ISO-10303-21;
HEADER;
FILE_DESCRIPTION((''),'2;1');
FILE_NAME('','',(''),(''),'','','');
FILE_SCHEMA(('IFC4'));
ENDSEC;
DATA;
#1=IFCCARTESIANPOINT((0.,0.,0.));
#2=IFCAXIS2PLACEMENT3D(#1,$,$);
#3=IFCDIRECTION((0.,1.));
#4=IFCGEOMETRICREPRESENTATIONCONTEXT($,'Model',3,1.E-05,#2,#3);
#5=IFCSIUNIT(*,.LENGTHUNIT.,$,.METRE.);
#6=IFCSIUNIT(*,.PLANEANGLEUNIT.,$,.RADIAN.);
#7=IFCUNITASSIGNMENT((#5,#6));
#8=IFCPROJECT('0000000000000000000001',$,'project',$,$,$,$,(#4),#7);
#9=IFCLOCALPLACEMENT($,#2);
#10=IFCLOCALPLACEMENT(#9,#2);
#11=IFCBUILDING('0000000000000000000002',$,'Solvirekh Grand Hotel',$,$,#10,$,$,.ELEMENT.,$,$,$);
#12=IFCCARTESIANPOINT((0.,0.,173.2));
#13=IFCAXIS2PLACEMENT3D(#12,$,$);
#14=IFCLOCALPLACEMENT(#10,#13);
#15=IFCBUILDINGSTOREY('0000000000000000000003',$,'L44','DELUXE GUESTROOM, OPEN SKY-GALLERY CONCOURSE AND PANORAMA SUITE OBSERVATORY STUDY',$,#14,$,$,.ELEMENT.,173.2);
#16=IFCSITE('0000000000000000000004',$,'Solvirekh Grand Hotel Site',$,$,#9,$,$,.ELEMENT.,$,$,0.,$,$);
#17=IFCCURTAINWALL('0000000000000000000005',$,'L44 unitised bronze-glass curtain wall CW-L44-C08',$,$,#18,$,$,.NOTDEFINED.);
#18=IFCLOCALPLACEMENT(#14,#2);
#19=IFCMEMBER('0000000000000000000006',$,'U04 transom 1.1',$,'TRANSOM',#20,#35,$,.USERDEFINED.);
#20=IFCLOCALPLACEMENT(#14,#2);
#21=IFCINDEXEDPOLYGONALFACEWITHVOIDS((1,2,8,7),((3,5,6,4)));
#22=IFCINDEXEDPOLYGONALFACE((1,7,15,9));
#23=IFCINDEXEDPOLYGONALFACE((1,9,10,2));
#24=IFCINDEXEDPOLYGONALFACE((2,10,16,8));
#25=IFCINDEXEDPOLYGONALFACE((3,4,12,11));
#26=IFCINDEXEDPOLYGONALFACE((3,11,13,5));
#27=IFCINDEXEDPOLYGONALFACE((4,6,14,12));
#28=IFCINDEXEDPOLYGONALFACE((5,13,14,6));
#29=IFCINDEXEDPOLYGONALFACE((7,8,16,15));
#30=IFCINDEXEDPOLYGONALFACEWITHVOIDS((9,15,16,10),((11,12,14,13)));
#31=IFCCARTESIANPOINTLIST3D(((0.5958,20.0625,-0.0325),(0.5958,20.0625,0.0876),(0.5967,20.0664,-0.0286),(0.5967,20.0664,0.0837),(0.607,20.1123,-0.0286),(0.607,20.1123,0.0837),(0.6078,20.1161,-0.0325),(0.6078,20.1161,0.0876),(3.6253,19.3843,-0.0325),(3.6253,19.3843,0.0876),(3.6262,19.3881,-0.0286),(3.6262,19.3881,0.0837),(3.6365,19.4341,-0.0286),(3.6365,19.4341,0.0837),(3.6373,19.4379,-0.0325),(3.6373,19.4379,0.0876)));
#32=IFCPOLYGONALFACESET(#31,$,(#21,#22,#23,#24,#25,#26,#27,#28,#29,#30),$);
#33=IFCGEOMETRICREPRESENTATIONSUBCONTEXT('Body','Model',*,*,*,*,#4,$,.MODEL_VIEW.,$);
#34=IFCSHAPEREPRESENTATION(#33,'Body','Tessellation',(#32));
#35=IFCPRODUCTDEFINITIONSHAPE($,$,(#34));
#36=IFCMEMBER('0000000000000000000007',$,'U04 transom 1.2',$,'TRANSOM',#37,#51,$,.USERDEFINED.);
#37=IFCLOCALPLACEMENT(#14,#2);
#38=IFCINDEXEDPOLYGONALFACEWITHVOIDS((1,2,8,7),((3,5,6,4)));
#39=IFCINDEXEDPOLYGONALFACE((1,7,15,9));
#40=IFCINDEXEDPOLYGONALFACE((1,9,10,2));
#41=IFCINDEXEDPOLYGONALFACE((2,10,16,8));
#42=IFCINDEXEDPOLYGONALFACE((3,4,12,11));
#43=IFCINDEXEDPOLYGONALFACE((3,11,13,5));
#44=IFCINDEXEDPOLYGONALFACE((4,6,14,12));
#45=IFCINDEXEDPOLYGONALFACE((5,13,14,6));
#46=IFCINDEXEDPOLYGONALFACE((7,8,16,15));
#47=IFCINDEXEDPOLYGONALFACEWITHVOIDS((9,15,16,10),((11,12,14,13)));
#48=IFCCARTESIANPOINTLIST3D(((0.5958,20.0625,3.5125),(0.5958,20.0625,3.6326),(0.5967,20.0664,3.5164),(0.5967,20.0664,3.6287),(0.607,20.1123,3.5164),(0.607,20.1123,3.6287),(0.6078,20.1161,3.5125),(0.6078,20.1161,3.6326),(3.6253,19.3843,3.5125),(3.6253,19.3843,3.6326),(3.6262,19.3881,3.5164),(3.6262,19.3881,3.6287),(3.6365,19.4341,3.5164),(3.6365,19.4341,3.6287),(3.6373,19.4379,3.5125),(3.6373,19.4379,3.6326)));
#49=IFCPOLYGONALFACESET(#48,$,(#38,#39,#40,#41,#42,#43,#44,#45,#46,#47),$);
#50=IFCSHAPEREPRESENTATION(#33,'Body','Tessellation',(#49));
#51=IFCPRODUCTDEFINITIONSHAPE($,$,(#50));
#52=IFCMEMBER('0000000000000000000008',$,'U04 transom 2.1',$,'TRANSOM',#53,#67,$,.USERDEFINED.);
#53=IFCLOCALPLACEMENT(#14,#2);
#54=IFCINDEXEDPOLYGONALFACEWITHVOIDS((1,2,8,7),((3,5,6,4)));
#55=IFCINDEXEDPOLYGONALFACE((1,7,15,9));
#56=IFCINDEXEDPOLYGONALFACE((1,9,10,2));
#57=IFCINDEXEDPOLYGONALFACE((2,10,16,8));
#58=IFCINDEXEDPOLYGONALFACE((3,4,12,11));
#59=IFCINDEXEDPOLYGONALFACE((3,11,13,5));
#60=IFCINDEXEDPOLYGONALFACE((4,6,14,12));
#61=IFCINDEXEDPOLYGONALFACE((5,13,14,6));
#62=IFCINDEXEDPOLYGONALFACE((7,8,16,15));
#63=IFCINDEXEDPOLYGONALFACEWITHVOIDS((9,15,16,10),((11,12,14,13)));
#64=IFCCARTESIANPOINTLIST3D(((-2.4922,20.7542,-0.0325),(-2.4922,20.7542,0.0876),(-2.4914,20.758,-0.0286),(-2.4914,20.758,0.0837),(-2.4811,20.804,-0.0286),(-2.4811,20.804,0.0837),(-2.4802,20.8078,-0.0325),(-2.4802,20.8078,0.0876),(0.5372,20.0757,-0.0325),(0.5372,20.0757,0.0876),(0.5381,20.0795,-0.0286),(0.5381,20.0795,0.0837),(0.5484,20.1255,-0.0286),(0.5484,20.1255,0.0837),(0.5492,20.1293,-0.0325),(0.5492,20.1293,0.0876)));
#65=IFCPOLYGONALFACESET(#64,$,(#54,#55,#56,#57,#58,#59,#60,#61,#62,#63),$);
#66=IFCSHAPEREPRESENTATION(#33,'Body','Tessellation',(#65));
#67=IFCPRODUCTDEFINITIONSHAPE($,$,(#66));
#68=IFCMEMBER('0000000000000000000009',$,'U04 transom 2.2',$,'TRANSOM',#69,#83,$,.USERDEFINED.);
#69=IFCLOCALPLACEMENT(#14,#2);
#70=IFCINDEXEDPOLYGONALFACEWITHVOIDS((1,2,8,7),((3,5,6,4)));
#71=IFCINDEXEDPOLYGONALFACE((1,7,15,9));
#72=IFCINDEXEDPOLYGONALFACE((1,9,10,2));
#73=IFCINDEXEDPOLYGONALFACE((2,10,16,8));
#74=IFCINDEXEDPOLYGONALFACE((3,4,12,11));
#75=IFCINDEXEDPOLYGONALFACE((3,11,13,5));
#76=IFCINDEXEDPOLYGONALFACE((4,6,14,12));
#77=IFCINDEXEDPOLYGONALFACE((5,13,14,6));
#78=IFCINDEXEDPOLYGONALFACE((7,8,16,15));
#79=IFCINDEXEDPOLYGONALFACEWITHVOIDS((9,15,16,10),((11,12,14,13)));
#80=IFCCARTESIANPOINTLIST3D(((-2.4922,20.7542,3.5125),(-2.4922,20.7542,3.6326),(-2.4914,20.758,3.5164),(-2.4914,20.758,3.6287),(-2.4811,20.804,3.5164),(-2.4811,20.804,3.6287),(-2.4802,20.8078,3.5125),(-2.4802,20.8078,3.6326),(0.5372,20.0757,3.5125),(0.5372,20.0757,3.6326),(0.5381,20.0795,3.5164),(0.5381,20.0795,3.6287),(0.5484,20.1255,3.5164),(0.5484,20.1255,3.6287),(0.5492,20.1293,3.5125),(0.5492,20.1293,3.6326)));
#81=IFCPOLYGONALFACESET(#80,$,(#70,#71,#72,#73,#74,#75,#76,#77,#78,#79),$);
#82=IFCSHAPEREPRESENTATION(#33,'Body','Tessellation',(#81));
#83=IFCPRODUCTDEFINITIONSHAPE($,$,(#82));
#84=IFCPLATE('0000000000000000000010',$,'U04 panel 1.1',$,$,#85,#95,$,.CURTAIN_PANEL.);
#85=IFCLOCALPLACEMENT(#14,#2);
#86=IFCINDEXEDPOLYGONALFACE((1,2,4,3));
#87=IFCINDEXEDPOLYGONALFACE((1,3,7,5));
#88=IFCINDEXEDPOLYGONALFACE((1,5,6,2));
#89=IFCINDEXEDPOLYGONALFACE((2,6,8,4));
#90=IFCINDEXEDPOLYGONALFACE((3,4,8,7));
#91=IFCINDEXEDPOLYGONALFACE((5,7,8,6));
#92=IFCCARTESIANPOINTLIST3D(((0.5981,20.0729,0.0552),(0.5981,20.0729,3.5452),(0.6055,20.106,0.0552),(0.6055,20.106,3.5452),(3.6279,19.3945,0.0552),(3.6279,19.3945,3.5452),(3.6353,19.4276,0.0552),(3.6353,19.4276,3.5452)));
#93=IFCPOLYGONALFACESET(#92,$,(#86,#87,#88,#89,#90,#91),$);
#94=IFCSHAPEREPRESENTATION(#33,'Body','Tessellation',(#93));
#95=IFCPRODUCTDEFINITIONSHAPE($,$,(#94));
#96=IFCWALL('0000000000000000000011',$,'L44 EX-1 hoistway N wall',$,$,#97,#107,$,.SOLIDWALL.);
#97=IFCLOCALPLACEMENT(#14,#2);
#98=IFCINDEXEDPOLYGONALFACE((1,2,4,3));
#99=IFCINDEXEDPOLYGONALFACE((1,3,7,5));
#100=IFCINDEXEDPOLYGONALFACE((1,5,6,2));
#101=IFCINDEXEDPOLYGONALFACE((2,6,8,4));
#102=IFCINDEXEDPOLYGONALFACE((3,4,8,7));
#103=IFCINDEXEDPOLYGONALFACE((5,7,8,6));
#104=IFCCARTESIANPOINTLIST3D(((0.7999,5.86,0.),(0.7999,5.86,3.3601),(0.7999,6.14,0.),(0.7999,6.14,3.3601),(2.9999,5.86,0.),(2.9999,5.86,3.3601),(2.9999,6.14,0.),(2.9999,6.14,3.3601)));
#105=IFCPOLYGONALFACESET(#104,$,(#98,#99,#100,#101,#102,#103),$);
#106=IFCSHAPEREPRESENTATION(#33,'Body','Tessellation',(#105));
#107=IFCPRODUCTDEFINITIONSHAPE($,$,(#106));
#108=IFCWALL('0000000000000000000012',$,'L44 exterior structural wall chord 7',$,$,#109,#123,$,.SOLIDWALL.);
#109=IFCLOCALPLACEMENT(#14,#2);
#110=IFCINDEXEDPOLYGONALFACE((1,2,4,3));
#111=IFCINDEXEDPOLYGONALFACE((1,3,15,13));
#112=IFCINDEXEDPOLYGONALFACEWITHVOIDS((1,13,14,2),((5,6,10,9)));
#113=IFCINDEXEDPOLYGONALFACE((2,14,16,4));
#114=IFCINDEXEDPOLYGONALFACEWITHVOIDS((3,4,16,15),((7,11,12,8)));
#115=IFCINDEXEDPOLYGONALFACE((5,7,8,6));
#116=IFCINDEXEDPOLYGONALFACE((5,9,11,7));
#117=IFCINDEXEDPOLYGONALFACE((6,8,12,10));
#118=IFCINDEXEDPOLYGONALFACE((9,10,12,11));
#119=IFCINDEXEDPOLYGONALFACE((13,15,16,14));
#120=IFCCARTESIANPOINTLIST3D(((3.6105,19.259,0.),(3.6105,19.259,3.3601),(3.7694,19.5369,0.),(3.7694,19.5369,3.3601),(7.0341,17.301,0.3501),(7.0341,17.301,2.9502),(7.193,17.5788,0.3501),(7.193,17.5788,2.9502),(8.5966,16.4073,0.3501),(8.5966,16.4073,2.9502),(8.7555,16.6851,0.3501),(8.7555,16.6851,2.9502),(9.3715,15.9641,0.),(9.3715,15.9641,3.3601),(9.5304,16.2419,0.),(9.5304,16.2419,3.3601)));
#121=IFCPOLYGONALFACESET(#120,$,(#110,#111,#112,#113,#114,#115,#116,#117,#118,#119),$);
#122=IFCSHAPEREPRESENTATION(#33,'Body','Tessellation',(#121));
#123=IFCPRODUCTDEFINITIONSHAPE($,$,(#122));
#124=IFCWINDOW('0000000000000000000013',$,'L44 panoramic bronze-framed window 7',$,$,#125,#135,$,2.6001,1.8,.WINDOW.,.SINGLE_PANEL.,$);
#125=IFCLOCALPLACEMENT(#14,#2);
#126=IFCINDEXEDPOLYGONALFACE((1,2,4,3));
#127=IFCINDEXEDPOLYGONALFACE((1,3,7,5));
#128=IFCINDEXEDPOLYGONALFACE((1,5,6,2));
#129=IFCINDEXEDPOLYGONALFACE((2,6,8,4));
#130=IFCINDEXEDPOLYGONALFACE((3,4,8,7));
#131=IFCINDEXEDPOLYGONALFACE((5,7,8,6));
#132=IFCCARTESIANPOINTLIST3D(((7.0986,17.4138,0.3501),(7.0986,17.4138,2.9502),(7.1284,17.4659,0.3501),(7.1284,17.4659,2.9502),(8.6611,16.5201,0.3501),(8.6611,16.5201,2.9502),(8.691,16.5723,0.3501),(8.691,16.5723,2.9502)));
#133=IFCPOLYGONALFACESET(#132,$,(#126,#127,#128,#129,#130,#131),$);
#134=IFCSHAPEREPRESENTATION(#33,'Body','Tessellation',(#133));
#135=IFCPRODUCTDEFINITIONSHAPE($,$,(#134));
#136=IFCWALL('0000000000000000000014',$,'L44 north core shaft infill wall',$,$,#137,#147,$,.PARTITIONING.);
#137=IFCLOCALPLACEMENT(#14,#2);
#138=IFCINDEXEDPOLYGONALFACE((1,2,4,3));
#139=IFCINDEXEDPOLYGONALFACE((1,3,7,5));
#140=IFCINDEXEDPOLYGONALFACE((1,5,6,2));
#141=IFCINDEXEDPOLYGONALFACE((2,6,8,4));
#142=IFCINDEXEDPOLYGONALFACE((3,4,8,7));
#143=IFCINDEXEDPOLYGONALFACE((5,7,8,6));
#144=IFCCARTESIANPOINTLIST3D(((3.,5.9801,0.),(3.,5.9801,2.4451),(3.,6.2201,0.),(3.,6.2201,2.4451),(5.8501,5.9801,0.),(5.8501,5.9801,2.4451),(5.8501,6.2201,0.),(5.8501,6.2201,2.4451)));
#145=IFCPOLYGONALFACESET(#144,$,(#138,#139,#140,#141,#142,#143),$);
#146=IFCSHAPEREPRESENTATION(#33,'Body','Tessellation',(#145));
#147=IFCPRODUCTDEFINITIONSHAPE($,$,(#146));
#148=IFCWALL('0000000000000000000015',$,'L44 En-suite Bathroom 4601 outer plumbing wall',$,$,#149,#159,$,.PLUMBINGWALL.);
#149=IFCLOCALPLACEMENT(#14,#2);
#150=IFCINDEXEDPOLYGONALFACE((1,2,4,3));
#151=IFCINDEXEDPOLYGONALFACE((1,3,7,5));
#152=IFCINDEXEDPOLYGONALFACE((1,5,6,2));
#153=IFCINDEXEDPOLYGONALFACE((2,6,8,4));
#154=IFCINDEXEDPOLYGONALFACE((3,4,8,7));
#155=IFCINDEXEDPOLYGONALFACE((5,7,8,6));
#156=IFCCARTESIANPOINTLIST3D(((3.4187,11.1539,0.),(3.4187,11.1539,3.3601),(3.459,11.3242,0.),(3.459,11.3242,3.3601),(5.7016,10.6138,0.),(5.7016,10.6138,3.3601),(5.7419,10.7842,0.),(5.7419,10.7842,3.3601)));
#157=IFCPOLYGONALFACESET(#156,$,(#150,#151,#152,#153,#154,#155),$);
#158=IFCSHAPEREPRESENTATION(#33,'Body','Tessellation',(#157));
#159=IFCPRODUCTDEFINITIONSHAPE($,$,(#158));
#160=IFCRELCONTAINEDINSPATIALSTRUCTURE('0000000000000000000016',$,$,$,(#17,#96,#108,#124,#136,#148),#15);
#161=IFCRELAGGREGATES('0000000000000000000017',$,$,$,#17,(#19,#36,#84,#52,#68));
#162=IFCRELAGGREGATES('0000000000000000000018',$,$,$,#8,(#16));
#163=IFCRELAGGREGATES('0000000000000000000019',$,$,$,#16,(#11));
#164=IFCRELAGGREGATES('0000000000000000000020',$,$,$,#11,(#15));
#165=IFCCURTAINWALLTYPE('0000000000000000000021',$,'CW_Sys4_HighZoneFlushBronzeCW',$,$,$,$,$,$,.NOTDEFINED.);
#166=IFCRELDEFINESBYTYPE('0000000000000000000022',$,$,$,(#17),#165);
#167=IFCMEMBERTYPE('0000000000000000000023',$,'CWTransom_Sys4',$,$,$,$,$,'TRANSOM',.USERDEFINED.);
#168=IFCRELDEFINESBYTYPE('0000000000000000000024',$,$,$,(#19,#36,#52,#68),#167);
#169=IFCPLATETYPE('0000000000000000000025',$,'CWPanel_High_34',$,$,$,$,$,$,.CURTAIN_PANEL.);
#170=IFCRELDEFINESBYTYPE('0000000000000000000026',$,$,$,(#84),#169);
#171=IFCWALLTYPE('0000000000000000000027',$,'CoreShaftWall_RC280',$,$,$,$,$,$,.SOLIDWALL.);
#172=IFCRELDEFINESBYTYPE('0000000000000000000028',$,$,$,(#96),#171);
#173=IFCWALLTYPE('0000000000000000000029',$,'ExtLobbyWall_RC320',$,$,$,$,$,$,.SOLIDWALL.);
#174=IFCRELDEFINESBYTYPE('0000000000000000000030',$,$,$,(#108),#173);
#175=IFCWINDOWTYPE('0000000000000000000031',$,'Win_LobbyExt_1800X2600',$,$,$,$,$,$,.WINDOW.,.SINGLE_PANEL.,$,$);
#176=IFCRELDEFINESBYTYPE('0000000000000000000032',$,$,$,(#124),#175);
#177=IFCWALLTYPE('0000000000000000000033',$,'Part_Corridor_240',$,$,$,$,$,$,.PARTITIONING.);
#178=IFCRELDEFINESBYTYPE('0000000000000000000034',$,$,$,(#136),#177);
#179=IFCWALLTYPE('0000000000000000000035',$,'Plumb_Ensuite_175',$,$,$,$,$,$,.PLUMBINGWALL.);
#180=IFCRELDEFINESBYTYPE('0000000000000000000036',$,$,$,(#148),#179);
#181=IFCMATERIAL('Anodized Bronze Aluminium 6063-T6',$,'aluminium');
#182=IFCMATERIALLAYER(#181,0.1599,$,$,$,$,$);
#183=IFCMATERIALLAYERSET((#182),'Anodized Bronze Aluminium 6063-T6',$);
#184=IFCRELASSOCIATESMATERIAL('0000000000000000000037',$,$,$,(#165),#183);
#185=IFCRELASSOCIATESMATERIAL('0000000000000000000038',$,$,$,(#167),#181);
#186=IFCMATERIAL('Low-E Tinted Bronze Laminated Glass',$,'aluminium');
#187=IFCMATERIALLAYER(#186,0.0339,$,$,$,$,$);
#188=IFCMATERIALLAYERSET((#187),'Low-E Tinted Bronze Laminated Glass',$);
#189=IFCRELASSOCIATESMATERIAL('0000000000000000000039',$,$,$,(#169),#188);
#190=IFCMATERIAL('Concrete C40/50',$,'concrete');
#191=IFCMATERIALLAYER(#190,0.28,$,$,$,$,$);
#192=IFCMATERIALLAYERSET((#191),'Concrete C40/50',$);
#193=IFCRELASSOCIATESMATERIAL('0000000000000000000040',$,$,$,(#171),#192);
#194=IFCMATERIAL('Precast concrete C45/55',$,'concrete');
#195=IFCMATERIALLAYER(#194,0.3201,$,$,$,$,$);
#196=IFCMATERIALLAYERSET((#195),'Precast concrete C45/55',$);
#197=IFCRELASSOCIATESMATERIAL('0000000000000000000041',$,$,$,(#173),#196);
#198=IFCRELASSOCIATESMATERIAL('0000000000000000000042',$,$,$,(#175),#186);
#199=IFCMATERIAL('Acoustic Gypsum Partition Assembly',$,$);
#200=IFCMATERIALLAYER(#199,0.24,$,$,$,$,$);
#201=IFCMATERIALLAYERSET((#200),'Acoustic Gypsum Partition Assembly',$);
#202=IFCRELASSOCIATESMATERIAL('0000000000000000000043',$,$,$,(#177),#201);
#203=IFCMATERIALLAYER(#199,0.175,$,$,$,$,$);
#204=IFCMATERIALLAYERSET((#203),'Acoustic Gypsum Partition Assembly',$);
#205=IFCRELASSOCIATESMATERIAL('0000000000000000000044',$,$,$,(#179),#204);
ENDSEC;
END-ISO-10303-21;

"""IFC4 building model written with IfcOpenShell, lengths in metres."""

from ifc_helpers import new_model, si_unit, direction, frame, frame_2d, origin, origin_2d, place, context, subcontext, project, spatial, rectangle, hollow_rectangle, extrude, source, transform, mapped, material, layer, layer_set, material_profile, profile_set, type_object, element, fill, aggregate, save


model = new_model("IFC4")

# Units and contexts
model_context = context("Model", 3, precision=1e-05, world=origin(), true_north=direction((0.0, 1.0)))
body_context = subcontext(model_context, "Body", "Model", "MODEL_VIEW")
ifc_project = project(units=[si_unit("LENGTHUNIT", "METRE"), si_unit("PLANEANGLEUNIT", "RADIAN")], contexts=[model_context])

# Site, building, storey
site_placement = place(None, origin())
site = spatial("IfcSite", under=ifc_project, at=site_placement, Name="Solvirekh Grand Hotel Site", CompositionType="ELEMENT", RefElevation=0.0)
building_placement = place(site_placement, origin())
building = spatial("IfcBuilding", under=site, at=building_placement, Name="Solvirekh Grand Hotel", CompositionType="ELEMENT")
storey_placement = place(building_placement, frame((0.0, 0.0, 173.2)))
storey = spatial("IfcBuildingStorey", under=building, at=storey_placement, Name="L44", Description="DELUXE GUESTROOM, OPEN SKY-GALLERY CONCOURSE AND PANORAMA SUITE OBSERVATORY STUDY", CompositionType="ELEMENT", Elevation=173.2)

# Curtain wall, members, plate
ifc_material_1 = material(Name="Anodized Bronze Aluminium 6063-T6", Category="aluminium")
ifc_layer_1 = layer(ifc_material_1, 0.1599)
ifc_layer_set_1 = layer_set([ifc_layer_1], Name="Anodized Bronze Aluminium 6063-T6")
curtain_wall_type = type_object("IfcCurtainWallType", Name="CW_Sys4_HighZoneFlushBronzeCW", PredefinedType="NOTDEFINED", material=ifc_layer_set_1)
curtain_wall_placement = place(storey_placement, origin())
curtain_wall = element("IfcCurtainWall", 1, at=curtain_wall_placement, inside=storey, type_object=curtain_wall_type, Name="L44 unitised bronze-glass curtain wall CW-L44-C08", PredefinedType="NOTDEFINED")
ifc_material_profile_1 = material_profile(ifc_material_1, hollow_rectangle(XDim=0.0549, YDim=0.1201, WallThickness=0.0039, at=origin_2d()), Name="ALU RHS 120X55X4")
ifc_profile_set_1 = profile_set([ifc_material_profile_1], Name="Anodized Bronze Aluminium 6063-T6")
member_type_1 = type_object("IfcMemberType", Name="CWTransom_Sys4", ElementType="TRANSOM", PredefinedType="USERDEFINED", material=ifc_profile_set_1)
shared_shape_1 = source(origin(), body_context, "Body", "SweptSolid", [
    extrude(hollow_rectangle(XDim=0.0549, YDim=0.1201, WallThickness=0.0039, at=origin_2d()), origin(), (0.0, 0.0, 1.0), 3.1045),
])
member_1_placement = place(storey_placement, frame((3.6313, 19.4111, 0.0276), z_axis=(-0.975845, 0.218462, 0.0), x_axis=(-0.218462, -0.975845, 0.0)))
member_1 = element("IfcMember", 2, at=member_1_placement, type_object=member_type_1, Name="U04 transom 1.1", ObjectType="TRANSOM", PredefinedType="USERDEFINED", context=body_context, shape_type="MappedRepresentation", body=[
    mapped(shared_shape_1, transform((0.0, 0.0, 0.0), x_axis=(1.0, 0.0, 0.0), y_axis=(0.0, 1.0, 0.0), z_axis=(0.0, 0.0, 1.0), scale=1.0)),
])
member_2_placement = place(storey_placement, frame((3.6313, 19.4111, 3.5725), z_axis=(-0.975845, 0.218462, 0.0), x_axis=(-0.218462, -0.975845, 0.0)))
member_2 = element("IfcMember", 3, at=member_2_placement, type_object=member_type_1, Name="U04 transom 1.2", ObjectType="TRANSOM", PredefinedType="USERDEFINED", context=body_context, shape_type="MappedRepresentation", body=[
    mapped(shared_shape_1, transform((0.0, 0.0, 0.0), x_axis=(1.0, 0.0, 0.0), y_axis=(0.0, 1.0, 0.0), z_axis=(0.0, 0.0, 1.0), scale=1.0)),
])
member_3_placement = place(storey_placement, frame((0.5432, 20.1025, 0.0276), z_axis=(-0.975829, 0.218537, 0.0), x_axis=(-0.218537, -0.975829, 0.0)))
member_3 = element("IfcMember", 4, at=member_3_placement, type_object=member_type_1, Name="U04 transom 2.1", ObjectType="TRANSOM", PredefinedType="USERDEFINED", context=body_context, shape_type="MappedRepresentation", body=[
    mapped(shared_shape_1, transform((0.0, 0.0, 0.0), x_axis=(1.0, 0.0, 0.0), y_axis=(0.0, 1.0, 0.0), z_axis=(0.0, 0.0, 1.0), scale=1.0)),
])
member_4_placement = place(storey_placement, frame((0.5432, 20.1025, 3.5725), z_axis=(-0.975829, 0.218537, 0.0), x_axis=(-0.218537, -0.975829, 0.0)))
member_4 = element("IfcMember", 5, at=member_4_placement, type_object=member_type_1, Name="U04 transom 2.2", ObjectType="TRANSOM", PredefinedType="USERDEFINED", context=body_context, shape_type="MappedRepresentation", body=[
    mapped(shared_shape_1, transform((0.0, 0.0, 0.0), x_axis=(1.0, 0.0, 0.0), y_axis=(0.0, 1.0, 0.0), z_axis=(0.0, 0.0, 1.0), scale=1.0)),
])
ifc_material_2 = material(Name="Low-E Tinted Bronze Laminated Glass", Category="aluminium")
ifc_layer_2 = layer(ifc_material_2, 0.0339)
ifc_layer_set_2 = layer_set([ifc_layer_2], Name="Low-E Tinted Bronze Laminated Glass")
plate_type = type_object("IfcPlateType", Name="CWPanel_High_34", PredefinedType="CURTAIN_PANEL", material=ifc_layer_set_2)
shared_shape_2 = source(origin(), body_context, "Body", "SweptSolid", [
    extrude(rectangle(XDim=3.1047, YDim=0.0339, at=origin_2d()), origin(), (0.0, 0.0, 1.0), 3.49),
])
plate_placement = place(storey_placement, frame((2.1167, 19.7502, 0.0552), z_axis=(0.0, 0.0, 1.0), x_axis=(-0.97584, 0.218488, 0.0)))
plate = element("IfcPlate", 6, at=plate_placement, type_object=plate_type, Name="U04 panel 1.1", PredefinedType="CURTAIN_PANEL", context=body_context, shape_type="MappedRepresentation", body=[
    mapped(shared_shape_2, transform((0.0, 0.0, 0.0), x_axis=(1.0, 0.0, 0.0), y_axis=(0.0, 1.0, 0.0), z_axis=(0.0, 0.0, 1.0), scale=1.0)),
])
aggregate(curtain_wall, [member_1, member_2, plate, member_3, member_4])

# Wall
ifc_material_3 = material(Name="Concrete C40/50", Category="concrete")
ifc_layer_3 = layer(ifc_material_3, 0.28)
ifc_layer_set_3 = layer_set([ifc_layer_3], Name="Concrete C40/50")
wall_type_1 = type_object("IfcWallType", Name="CoreShaftWall_RC280", PredefinedType="SOLIDWALL", material=ifc_layer_set_3)
wall_1_placement = place(storey_placement, frame((3.0, 6.0, 0.0), z_axis=(0.0, 0.0, 1.0), x_axis=(-1.0, 0.0, 0.0)))
element("IfcWall", 7, at=wall_1_placement, inside=storey, type_object=wall_type_1, Name="L44 EX-1 hoistway N wall", PredefinedType="SOLIDWALL", context=body_context, shape_type="SweptSolid", body=[
    extrude(rectangle(XDim=2.2, YDim=0.28, at=frame_2d((1.1001, 0.0))), origin(), (0.0, 0.0, 1.0), 3.3601),
])

# Wall, opening, window
ifc_material_4 = material(Name="Precast concrete C45/55", Category="concrete")
ifc_layer_4 = layer(ifc_material_4, 0.3201)
ifc_layer_set_4 = layer_set([ifc_layer_4], Name="Precast concrete C45/55")
wall_type_2 = type_object("IfcWallType", Name="ExtLobbyWall_RC320", PredefinedType="SOLIDWALL", material=ifc_layer_set_4)
wall_2_placement = place(storey_placement, frame((3.6899, 19.3979, 0.0), z_axis=(0.0, 0.0, 1.0), x_axis=(0.868053, -0.496472, 0.0)))
wall_2 = element("IfcWall", 8, at=wall_2_placement, inside=storey, type_object=wall_type_2, Name="L44 exterior structural wall chord 7", PredefinedType="SOLIDWALL", context=body_context, shape_type="SweptSolid", body=[
    extrude(rectangle(XDim=6.6367, YDim=0.3201, at=frame_2d((3.3184, 0.0))), origin(), (0.0, 0.0, 1.0), 3.3601),
])
opening_1_placement = place(wall_2_placement, frame((3.9441, 0.0, 0.3501)))
opening_1 = element("IfcOpeningElement", 9, at=opening_1_placement, cuts=wall_2, PredefinedType="OPENING", context=body_context, shape_type="SweptSolid", body=[
    extrude(rectangle(XDim=1.8, YDim=2.6001, at=frame_2d((0.8999, 1.3))), frame((0.0, 0.1699, 0.0), z_axis=(0.0, -1.0, 0.0), x_axis=(1.0, 0.0, 0.0)), (0.0, 0.0, 1.0), 0.3401),
])
window_type = type_object("IfcWindowType", Name="Win_LobbyExt_1800X2600", PartitioningType="SINGLE_PANEL", PredefinedType="WINDOW", material=ifc_material_2)
window_placement = place(opening_1_placement, origin())
window = element("IfcWindow", 10, at=window_placement, inside=storey, type_object=window_type, Name="L44 panoramic bronze-framed window 7", OverallHeight=2.6001, OverallWidth=1.8, PartitioningType="SINGLE_PANEL", PredefinedType="WINDOW", context=body_context, shape_type="SweptSolid", body=[
    extrude(rectangle(XDim=1.8, YDim=2.6001, at=frame_2d((0.8999, 1.3))), frame((0.0, 0.03, 0.0), z_axis=(0.0, -1.0, 0.0), x_axis=(1.0, 0.0, 0.0)), (0.0, 0.0, 1.0), 0.0601),
])
fill(opening_1, window)

# Walls
ifc_material_5 = material(Name="Acoustic Gypsum Partition Assembly")
ifc_layer_5 = layer(ifc_material_5, 0.24)
ifc_layer_set_5 = layer_set([ifc_layer_5], Name="Acoustic Gypsum Partition Assembly")
wall_type_3 = type_object("IfcWallType", Name="Part_Corridor_240", PredefinedType="PARTITIONING", material=ifc_layer_set_5)
wall_3_placement = place(storey_placement, frame((3.0, 6.1001, 0.0), z_axis=(0.0, 0.0, 1.0), x_axis=(1.0, 0.0, 0.0)))
element("IfcWall", 11, at=wall_3_placement, inside=storey, type_object=wall_type_3, Name="L44 north core shaft infill wall", PredefinedType="PARTITIONING", context=body_context, shape_type="SweptSolid", body=[
    extrude(rectangle(XDim=2.8501, YDim=0.24, at=frame_2d((1.425, 0.0))), origin(), (0.0, 0.0, 1.0), 2.4451),
])
ifc_layer_6 = layer(ifc_material_5, 0.175)
ifc_layer_set_6 = layer_set([ifc_layer_6], Name="Acoustic Gypsum Partition Assembly")
wall_type_4 = type_object("IfcWallType", Name="Plumb_Ensuite_175", PredefinedType="PLUMBINGWALL", material=ifc_layer_set_6)
wall_4_placement = place(storey_placement, frame((3.439, 11.239, 0.0), z_axis=(0.0, 0.0, 1.0), x_axis=(0.973144, -0.230199, 0.0)))
element("IfcWall", 12, at=wall_4_placement, inside=storey, type_object=wall_type_4, Name="L44 En-suite Bathroom 4601 outer plumbing wall", PredefinedType="PLUMBINGWALL", context=body_context, shape_type="SweptSolid", body=[
    extrude(rectangle(XDim=2.3459, YDim=0.175, at=frame_2d((1.1729, 0.0))), origin(), (0.0, 0.0, 1.0), 3.3601),
])

save(model, "model.ifc")
